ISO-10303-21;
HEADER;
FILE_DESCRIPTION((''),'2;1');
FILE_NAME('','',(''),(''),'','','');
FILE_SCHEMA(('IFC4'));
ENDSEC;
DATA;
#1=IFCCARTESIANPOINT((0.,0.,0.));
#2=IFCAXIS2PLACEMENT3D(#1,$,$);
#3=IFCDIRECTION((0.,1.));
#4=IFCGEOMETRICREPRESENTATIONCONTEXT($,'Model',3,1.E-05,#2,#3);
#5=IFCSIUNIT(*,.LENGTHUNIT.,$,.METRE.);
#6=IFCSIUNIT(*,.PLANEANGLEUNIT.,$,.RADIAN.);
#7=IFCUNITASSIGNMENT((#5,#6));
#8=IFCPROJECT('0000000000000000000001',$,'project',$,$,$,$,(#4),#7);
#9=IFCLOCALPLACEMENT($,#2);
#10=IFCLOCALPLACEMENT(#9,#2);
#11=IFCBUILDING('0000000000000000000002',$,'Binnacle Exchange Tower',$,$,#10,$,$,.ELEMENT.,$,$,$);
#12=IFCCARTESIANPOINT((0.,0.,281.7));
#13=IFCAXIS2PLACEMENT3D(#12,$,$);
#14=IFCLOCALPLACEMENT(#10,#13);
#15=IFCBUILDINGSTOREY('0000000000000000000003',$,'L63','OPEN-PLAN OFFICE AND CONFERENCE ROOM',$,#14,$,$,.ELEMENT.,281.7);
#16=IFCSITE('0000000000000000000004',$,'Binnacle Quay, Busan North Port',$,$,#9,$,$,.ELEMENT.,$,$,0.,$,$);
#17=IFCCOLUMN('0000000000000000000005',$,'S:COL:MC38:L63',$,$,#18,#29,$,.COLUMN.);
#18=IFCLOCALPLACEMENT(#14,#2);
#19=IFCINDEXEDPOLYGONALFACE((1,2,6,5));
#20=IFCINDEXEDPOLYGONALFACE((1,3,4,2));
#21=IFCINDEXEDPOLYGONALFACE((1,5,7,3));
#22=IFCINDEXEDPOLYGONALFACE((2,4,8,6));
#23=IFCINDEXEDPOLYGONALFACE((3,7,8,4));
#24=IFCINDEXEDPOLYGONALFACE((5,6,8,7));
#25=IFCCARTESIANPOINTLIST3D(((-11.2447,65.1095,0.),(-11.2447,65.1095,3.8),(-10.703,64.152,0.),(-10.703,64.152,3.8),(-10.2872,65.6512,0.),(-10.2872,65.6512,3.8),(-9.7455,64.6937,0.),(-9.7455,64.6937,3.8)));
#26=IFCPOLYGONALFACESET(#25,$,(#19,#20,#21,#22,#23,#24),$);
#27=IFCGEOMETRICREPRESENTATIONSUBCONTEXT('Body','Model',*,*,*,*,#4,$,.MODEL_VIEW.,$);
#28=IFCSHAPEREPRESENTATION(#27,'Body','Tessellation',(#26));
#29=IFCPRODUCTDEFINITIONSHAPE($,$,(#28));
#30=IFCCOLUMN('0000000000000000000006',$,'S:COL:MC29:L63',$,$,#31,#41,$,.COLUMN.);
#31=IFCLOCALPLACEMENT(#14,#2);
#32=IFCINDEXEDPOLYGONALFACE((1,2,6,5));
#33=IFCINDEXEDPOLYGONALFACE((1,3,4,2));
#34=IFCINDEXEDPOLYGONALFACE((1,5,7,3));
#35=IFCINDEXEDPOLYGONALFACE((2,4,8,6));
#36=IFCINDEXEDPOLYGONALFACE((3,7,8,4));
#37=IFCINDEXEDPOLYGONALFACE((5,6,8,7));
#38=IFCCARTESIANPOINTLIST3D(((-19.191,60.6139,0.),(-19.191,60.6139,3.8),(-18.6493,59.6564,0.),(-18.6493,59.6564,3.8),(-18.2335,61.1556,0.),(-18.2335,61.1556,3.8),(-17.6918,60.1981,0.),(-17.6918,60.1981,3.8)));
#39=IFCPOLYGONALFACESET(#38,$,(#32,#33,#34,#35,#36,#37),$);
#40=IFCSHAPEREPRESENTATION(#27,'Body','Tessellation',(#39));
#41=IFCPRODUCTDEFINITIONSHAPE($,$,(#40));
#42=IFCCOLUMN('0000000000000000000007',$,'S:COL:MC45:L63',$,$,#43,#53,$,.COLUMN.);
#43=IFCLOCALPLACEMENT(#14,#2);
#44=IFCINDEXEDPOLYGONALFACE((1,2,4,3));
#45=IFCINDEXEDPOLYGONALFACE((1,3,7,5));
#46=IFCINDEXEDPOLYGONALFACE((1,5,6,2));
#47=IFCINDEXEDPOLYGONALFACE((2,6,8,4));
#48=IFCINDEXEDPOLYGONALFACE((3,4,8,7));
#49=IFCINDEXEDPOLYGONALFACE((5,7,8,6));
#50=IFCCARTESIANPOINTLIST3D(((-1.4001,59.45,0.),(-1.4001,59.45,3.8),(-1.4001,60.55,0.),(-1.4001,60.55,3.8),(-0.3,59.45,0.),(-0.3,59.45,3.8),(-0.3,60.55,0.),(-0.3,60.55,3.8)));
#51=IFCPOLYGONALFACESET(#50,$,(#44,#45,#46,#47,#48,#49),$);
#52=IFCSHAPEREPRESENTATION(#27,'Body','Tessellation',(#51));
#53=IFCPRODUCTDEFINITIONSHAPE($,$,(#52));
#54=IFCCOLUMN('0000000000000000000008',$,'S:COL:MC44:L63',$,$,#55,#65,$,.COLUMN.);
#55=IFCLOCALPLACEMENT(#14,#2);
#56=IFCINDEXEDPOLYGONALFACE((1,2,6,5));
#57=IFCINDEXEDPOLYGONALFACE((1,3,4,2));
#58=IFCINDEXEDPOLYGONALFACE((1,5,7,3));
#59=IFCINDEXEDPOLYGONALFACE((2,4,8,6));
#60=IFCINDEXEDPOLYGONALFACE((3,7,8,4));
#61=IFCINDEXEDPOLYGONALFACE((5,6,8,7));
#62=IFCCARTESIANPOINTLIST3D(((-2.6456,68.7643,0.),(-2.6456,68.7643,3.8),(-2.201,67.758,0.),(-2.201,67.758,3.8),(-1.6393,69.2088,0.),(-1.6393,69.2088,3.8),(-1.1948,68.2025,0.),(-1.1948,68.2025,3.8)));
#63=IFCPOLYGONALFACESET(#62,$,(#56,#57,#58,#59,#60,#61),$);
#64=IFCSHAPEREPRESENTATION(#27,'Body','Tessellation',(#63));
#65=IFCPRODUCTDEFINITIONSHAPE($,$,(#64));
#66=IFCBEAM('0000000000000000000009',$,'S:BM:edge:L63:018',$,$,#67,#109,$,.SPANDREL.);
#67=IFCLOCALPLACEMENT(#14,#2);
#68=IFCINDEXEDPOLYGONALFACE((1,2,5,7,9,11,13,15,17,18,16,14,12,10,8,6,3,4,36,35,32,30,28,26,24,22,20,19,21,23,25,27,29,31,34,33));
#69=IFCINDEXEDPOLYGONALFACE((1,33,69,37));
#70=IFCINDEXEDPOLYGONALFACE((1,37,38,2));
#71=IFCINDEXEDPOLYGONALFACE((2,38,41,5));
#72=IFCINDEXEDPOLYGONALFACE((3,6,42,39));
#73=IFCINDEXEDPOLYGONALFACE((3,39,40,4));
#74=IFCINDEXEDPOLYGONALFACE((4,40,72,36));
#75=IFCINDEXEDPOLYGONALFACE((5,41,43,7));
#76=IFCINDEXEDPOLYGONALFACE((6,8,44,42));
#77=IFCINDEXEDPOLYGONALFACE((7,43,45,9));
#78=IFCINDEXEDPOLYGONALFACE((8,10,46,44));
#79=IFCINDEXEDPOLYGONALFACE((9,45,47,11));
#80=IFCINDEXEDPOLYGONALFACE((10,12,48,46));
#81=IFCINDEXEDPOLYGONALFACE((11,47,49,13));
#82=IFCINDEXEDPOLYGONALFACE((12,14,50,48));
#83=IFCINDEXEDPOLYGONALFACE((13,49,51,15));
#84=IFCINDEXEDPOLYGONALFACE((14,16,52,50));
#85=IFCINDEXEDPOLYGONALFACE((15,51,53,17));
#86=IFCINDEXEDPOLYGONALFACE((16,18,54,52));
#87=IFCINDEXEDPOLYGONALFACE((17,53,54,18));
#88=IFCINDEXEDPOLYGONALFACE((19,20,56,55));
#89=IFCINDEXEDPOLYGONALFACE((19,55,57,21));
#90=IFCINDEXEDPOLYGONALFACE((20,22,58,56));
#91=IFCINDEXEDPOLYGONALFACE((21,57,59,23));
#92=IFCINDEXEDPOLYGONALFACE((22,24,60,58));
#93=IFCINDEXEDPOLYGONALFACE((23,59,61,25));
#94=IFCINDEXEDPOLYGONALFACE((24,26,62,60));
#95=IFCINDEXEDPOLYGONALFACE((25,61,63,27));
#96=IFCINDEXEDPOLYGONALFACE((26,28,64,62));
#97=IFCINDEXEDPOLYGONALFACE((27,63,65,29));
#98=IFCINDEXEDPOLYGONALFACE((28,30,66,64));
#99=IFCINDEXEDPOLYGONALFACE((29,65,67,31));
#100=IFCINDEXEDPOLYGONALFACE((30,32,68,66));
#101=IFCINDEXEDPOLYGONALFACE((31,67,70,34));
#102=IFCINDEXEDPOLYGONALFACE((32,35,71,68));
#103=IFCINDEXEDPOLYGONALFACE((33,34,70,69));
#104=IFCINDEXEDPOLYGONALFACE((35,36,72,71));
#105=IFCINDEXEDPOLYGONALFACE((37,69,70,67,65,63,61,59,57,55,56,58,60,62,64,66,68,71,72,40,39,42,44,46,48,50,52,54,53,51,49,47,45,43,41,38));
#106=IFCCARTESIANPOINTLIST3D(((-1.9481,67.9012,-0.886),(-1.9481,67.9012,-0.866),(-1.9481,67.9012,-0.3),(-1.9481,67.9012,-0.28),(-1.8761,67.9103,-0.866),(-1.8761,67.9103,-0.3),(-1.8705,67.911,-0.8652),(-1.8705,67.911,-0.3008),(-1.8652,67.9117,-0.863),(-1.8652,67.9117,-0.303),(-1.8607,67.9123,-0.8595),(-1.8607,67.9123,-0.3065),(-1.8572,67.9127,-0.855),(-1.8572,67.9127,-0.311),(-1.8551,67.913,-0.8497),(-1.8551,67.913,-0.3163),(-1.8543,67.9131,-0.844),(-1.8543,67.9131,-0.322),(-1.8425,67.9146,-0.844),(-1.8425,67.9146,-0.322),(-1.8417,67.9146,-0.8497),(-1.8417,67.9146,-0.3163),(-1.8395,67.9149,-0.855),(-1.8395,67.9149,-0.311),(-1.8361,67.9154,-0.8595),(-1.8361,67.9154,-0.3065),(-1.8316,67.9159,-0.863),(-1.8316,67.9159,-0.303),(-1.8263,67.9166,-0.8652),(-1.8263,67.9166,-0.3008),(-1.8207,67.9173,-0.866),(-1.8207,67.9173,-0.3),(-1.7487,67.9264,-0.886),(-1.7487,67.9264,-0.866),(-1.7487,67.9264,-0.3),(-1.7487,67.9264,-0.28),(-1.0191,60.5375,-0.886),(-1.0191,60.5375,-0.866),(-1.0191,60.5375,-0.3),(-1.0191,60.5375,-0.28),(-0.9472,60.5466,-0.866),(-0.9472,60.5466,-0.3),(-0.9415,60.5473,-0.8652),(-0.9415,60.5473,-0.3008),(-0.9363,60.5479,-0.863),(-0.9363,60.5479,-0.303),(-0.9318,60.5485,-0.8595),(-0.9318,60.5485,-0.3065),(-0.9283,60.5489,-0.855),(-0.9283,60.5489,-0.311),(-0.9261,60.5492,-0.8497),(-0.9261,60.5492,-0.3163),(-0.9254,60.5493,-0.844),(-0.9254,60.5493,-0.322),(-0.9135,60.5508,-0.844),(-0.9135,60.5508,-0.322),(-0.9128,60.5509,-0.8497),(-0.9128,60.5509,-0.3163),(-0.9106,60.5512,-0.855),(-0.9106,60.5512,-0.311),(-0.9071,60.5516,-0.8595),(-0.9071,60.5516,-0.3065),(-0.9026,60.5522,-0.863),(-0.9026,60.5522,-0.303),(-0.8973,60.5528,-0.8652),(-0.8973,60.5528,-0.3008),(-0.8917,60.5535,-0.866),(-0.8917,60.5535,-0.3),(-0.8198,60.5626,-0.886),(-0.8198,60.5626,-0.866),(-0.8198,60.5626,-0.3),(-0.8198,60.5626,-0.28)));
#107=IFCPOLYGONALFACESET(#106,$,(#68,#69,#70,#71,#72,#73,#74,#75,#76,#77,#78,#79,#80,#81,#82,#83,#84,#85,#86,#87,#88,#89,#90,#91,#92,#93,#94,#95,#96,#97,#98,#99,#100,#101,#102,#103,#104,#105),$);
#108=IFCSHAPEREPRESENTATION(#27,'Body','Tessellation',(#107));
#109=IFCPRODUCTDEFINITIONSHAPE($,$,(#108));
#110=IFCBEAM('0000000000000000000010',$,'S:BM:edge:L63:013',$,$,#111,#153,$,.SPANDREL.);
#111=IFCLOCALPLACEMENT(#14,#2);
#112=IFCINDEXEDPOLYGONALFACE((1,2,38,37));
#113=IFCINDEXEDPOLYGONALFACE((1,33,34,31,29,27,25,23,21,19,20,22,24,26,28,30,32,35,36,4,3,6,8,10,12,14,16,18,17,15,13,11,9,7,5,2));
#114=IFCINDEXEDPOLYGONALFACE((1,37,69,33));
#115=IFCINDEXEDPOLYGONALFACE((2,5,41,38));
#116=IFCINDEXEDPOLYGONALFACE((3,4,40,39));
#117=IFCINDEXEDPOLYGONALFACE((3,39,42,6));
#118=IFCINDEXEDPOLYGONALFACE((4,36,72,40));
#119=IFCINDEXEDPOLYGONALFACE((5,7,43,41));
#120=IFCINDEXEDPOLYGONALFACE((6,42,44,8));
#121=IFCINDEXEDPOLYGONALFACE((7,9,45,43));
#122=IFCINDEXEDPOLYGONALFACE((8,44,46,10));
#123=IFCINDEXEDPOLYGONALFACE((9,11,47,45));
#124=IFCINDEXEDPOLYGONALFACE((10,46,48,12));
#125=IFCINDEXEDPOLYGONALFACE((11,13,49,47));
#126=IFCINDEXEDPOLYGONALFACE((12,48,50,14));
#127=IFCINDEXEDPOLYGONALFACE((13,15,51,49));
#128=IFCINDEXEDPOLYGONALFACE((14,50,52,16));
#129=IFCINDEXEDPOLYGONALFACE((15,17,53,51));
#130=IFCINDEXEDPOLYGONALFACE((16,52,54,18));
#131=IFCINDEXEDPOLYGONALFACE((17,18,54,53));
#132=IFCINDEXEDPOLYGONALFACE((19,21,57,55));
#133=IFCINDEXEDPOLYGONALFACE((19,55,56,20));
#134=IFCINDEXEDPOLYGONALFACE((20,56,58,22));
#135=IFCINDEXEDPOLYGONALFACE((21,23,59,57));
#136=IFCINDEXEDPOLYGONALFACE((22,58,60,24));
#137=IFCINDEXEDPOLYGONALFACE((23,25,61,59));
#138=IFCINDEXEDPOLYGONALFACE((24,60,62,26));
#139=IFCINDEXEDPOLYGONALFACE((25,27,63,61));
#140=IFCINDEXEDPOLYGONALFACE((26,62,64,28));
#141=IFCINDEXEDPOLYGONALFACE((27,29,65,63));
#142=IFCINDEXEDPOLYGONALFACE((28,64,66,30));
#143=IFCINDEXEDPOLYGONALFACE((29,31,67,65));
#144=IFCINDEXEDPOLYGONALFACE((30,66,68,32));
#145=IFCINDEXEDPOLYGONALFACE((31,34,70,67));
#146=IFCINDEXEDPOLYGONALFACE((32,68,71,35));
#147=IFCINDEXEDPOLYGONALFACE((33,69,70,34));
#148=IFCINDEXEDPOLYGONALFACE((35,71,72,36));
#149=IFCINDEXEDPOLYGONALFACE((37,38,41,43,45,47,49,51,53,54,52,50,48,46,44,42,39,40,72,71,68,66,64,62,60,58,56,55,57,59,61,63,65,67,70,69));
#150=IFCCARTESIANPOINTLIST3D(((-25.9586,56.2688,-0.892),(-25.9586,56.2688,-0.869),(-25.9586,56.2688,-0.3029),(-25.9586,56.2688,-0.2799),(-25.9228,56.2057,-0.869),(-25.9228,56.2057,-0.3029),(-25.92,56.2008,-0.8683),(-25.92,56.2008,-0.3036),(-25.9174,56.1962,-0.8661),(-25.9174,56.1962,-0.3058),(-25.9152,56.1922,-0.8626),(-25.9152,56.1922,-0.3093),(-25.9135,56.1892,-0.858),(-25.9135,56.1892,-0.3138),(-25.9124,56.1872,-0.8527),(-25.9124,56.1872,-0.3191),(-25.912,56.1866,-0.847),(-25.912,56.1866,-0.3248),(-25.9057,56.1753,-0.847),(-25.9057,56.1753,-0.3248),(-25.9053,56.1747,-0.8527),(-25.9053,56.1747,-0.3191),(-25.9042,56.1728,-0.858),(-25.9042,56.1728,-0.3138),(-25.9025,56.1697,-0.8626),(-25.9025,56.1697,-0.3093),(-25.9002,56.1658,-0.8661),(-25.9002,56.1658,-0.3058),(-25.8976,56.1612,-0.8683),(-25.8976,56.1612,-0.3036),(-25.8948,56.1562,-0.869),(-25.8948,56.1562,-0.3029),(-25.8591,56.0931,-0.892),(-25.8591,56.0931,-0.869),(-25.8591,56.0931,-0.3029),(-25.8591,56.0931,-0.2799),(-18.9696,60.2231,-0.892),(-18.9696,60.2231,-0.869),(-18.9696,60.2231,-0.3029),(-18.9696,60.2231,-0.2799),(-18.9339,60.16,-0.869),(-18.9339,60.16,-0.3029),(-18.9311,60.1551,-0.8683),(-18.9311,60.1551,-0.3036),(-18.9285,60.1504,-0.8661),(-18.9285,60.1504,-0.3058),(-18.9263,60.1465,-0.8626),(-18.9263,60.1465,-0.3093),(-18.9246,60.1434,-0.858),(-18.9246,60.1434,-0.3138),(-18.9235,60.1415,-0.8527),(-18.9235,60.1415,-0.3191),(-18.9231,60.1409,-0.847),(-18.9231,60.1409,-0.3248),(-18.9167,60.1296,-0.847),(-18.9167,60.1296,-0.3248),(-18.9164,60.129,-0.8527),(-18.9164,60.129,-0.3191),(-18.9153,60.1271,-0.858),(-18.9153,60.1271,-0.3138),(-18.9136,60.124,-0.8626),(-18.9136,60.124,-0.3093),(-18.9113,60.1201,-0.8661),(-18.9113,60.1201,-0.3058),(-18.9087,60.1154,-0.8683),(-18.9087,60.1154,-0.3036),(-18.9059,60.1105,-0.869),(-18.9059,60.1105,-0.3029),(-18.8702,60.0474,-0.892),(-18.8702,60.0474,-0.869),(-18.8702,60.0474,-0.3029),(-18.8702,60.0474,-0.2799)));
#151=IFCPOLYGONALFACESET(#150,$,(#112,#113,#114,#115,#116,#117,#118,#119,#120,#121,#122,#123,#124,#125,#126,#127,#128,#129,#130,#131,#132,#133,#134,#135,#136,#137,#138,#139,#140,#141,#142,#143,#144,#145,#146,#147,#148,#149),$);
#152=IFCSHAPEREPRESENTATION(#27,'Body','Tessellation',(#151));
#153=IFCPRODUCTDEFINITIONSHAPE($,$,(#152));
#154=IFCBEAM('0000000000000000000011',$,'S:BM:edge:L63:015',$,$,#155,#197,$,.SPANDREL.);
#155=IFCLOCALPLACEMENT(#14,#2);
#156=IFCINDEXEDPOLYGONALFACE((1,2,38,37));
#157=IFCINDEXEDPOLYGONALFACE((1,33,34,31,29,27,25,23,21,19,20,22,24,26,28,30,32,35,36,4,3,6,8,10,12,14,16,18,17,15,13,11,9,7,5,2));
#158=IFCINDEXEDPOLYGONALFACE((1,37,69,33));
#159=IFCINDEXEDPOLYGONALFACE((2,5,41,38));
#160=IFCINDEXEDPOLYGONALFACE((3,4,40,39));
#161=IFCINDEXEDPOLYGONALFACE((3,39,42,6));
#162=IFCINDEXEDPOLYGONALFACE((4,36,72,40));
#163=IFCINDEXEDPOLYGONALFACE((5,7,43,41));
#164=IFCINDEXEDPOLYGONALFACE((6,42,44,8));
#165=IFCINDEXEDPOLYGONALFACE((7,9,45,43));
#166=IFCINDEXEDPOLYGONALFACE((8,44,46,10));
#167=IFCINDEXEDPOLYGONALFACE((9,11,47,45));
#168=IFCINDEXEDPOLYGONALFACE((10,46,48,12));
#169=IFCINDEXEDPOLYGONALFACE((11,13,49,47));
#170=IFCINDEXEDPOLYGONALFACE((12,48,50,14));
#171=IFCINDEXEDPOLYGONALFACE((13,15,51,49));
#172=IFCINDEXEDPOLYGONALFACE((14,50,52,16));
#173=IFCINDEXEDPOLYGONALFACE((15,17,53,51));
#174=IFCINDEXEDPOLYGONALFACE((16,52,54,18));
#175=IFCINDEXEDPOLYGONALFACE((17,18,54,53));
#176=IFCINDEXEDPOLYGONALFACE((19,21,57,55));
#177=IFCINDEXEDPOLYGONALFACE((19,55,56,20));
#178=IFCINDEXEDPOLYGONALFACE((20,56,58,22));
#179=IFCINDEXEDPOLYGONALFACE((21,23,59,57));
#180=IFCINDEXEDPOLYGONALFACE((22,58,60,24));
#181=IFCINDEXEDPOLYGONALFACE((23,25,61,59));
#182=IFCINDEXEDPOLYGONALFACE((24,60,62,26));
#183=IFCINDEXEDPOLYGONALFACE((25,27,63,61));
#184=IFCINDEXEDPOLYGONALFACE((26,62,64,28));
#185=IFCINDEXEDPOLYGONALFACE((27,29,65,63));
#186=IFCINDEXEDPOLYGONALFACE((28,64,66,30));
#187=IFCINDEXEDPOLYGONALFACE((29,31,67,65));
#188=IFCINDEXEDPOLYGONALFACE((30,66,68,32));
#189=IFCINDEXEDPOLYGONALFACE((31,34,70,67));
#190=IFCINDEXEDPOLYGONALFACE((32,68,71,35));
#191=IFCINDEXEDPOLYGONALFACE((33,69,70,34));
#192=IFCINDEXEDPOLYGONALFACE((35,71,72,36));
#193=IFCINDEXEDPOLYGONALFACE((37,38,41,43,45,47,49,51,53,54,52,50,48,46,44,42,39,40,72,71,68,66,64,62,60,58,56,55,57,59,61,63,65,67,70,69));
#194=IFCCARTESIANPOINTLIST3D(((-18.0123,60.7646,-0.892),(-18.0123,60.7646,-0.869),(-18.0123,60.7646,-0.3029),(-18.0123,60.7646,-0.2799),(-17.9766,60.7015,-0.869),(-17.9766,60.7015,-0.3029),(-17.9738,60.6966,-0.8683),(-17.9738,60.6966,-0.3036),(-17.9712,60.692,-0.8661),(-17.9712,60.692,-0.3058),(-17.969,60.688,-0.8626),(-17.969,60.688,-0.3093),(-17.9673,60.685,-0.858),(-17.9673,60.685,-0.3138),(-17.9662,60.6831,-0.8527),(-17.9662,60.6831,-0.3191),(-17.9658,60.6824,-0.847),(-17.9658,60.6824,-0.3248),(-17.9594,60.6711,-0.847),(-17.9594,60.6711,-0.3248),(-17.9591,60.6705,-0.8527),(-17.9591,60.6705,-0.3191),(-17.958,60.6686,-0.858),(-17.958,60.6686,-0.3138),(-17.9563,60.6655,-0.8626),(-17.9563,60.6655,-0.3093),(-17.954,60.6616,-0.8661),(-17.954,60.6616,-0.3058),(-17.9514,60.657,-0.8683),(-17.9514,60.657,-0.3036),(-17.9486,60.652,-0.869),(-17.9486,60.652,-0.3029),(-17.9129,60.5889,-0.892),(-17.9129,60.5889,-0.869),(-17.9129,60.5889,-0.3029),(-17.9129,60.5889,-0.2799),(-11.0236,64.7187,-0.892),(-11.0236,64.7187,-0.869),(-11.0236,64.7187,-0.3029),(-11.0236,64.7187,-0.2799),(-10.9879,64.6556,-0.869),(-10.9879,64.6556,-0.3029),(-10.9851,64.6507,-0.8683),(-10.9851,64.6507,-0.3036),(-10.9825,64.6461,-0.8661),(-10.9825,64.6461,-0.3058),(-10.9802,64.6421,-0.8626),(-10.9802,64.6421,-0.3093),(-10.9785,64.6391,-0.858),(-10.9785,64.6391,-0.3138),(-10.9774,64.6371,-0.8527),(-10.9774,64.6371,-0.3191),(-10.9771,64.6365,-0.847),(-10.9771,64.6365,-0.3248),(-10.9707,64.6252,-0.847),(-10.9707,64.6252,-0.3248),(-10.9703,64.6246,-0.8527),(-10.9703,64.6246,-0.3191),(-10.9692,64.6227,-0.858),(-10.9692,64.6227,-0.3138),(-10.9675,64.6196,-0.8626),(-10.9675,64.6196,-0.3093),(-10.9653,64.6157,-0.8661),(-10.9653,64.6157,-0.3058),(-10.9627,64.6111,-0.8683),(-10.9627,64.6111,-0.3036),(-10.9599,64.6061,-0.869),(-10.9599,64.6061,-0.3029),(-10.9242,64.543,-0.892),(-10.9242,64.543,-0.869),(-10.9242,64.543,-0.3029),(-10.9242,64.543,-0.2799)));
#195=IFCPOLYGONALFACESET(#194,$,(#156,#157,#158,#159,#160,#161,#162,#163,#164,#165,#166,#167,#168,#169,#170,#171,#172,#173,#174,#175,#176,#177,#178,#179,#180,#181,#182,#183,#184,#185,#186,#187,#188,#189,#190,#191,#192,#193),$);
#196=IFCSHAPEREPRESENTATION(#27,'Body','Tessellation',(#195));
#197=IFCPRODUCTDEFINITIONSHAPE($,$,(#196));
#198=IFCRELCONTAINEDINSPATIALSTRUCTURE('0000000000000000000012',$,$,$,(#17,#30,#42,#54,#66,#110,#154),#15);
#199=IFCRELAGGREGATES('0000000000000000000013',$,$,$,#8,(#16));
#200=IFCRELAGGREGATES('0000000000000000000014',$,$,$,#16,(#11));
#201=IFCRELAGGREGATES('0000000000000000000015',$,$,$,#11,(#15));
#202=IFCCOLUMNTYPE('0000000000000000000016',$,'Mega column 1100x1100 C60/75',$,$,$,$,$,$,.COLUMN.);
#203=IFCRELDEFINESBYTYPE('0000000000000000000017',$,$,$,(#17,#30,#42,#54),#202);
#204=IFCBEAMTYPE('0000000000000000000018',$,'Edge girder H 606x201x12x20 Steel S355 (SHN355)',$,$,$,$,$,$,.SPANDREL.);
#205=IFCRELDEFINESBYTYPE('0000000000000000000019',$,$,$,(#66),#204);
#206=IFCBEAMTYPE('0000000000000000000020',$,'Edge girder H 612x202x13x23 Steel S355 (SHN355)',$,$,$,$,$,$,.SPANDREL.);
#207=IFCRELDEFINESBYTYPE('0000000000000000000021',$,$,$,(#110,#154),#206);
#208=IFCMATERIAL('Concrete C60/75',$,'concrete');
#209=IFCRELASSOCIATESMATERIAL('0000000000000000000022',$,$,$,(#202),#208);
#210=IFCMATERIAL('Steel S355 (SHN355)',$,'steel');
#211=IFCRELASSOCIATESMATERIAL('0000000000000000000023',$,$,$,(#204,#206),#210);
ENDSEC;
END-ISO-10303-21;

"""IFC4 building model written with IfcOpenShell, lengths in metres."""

from ifc_helpers import new_model, si_unit, direction, frame, origin, origin_2d, place, context, subcontext, project, spatial, rectangle, i_section, extrude, material, material_profile, profile_set, type_object, element, save


model = new_model("IFC4")

# Units and contexts
model_context = context("Model", 3, precision=1e-05, world=origin(), true_north=direction((0.0, 1.0)))
body_context = subcontext(model_context, "Body", "Model", "MODEL_VIEW")
ifc_project = project(units=[si_unit("LENGTHUNIT", "METRE"), si_unit("PLANEANGLEUNIT", "RADIAN")], contexts=[model_context])

# Site, building, storey
site_placement = place(None, origin())
site = spatial("IfcSite", under=ifc_project, at=site_placement, Name="Binnacle Quay, Busan North Port", CompositionType="ELEMENT", RefElevation=0.0)
building_placement = place(site_placement, origin())
building = spatial("IfcBuilding", under=site, at=building_placement, Name="Binnacle Exchange Tower", CompositionType="ELEMENT")
storey_placement = place(building_placement, frame((0.0, 0.0, 281.7)))
storey = spatial("IfcBuildingStorey", under=building, at=storey_placement, Name="L63", Description="OPEN-PLAN OFFICE AND CONFERENCE ROOM", CompositionType="ELEMENT", Elevation=281.7)

# Columns
ifc_material_1 = material(Name="Concrete C60/75", Category="concrete")
ifc_material_profile_1 = material_profile(ifc_material_1, rectangle(XDim=1.1001, YDim=1.1001, at=origin_2d()), Name="Mega column 1100x1100 C60/75")
ifc_profile_set_1 = profile_set([ifc_material_profile_1], Name="Concrete C60/75")
column_type = type_object("IfcColumnType", Name="Mega column 1100x1100 C60/75", PredefinedType="COLUMN", material=ifc_profile_set_1)
for number, where, z_axis, x_axis, name in (
    (1, (-10.4951, 64.9016, 0.0), (0.0, 0.0, 1.0), (-0.870356, -0.492424, 0.0), "S:COL:MC38:L63"),
    (2, (-18.4414, 60.406, 0.0), (0.0, 0.0, 1.0), (-0.870356, -0.492424, 0.0), "S:COL:MC29:L63"),
    (3, (-0.8501, 60.0, 0.0), (0.0, 0.0, 1.0), (0.0, 1.0, 0.0), "S:COL:MC45:L63"),
    (4, (-1.9202, 68.4834, 0.0), (0.0, 0.0, 1.0), (-0.914713, -0.404104, 0.0), "S:COL:MC44:L63"),
):
    element("IfcColumn", number, at=place(storey_placement, frame(where, z_axis=z_axis, x_axis=x_axis)), inside=storey, type_object=column_type, Name=name, PredefinedType="COLUMN", context=body_context, shape_type="SweptSolid", body=[
        extrude(rectangle(XDim=1.1001, YDim=1.1001, at=origin_2d()), origin(), (0.0, 0.0, 1.0), 3.8),
    ])

# Beams
ifc_material_2 = material(Name="Steel S355 (SHN355)", Category="steel")
ifc_material_profile_2 = material_profile(ifc_material_2, i_section(OverallWidth=0.2009, OverallDepth=0.606, WebThickness=0.012, FlangeThickness=0.02, FilletRadius=0.022, at=origin_2d()), Name="H 606x201x12x20")
ifc_profile_set_2 = profile_set([ifc_material_profile_2], Name="Steel S355 (SHN355)")
beam_type_1 = type_object("IfcBeamType", Name="Edge girder H 606x201x12x20 Steel S355 (SHN355)", PredefinedType="SPANDREL", material=ifc_profile_set_2)
beam_1_placement = place(storey_placement, frame((-0.9194, 60.55, -0.583), z_axis=(-0.12516, 0.992137, 0.0), x_axis=(-0.992137, -0.12516, 0.0)))
element("IfcBeam", 5, at=beam_1_placement, inside=storey, type_object=beam_type_1, Name="S:BM:edge:L63:018", PredefinedType="SPANDREL", context=body_context, shape_type="SweptSolid", body=[
    extrude(i_section(OverallWidth=0.2009, OverallDepth=0.606, WebThickness=0.012, FlangeThickness=0.02, FilletRadius=0.022, at=origin_2d()), origin(), (0.0, 0.0, 1.0), 7.4221),
])
ifc_material_profile_3 = material_profile(ifc_material_2, i_section(OverallWidth=0.2019, OverallDepth=0.6121, WebThickness=0.0129, FlangeThickness=0.0229, FilletRadius=0.022, at=origin_2d()), Name="H 612x202x13x23")
ifc_profile_set_3 = profile_set([ifc_material_profile_3], Name="Steel S355 (SHN355)")
beam_type_2 = type_object("IfcBeamType", Name="Edge girder H 612x202x13x23 Steel S355 (SHN355)", PredefinedType="SPANDREL", material=ifc_profile_set_3)
beam_2_placement = place(storey_placement, frame((-18.9199, 60.1353, -0.5859), z_axis=(-0.870348, -0.492438, 0.0), x_axis=(0.492438, -0.870348, 0.0)))
element("IfcBeam", 6, at=beam_2_placement, inside=storey, type_object=beam_type_2, Name="S:BM:edge:L63:013", PredefinedType="SPANDREL", context=body_context, shape_type="SweptSolid", body=[
    extrude(i_section(OverallWidth=0.2019, OverallDepth=0.6121, WebThickness=0.0129, FlangeThickness=0.0229, FilletRadius=0.022, at=origin_2d()), origin(), (0.0, 0.0, 1.0), 8.03),
])
beam_3_placement = place(storey_placement, frame((-10.9739, 64.6309, -0.5859), z_axis=(-0.870353, -0.492428, 0.0), x_axis=(0.492428, -0.870353, 0.0)))
element("IfcBeam", 7, at=beam_3_placement, inside=storey, type_object=beam_type_2, Name="S:BM:edge:L63:015", PredefinedType="SPANDREL", context=body_context, shape_type="SweptSolid", body=[
    extrude(i_section(OverallWidth=0.2019, OverallDepth=0.6121, WebThickness=0.0129, FlangeThickness=0.0229, FilletRadius=0.022, at=origin_2d()), origin(), (0.0, 0.0, 1.0), 8.0298),
])

save(model, "model.ifc")
